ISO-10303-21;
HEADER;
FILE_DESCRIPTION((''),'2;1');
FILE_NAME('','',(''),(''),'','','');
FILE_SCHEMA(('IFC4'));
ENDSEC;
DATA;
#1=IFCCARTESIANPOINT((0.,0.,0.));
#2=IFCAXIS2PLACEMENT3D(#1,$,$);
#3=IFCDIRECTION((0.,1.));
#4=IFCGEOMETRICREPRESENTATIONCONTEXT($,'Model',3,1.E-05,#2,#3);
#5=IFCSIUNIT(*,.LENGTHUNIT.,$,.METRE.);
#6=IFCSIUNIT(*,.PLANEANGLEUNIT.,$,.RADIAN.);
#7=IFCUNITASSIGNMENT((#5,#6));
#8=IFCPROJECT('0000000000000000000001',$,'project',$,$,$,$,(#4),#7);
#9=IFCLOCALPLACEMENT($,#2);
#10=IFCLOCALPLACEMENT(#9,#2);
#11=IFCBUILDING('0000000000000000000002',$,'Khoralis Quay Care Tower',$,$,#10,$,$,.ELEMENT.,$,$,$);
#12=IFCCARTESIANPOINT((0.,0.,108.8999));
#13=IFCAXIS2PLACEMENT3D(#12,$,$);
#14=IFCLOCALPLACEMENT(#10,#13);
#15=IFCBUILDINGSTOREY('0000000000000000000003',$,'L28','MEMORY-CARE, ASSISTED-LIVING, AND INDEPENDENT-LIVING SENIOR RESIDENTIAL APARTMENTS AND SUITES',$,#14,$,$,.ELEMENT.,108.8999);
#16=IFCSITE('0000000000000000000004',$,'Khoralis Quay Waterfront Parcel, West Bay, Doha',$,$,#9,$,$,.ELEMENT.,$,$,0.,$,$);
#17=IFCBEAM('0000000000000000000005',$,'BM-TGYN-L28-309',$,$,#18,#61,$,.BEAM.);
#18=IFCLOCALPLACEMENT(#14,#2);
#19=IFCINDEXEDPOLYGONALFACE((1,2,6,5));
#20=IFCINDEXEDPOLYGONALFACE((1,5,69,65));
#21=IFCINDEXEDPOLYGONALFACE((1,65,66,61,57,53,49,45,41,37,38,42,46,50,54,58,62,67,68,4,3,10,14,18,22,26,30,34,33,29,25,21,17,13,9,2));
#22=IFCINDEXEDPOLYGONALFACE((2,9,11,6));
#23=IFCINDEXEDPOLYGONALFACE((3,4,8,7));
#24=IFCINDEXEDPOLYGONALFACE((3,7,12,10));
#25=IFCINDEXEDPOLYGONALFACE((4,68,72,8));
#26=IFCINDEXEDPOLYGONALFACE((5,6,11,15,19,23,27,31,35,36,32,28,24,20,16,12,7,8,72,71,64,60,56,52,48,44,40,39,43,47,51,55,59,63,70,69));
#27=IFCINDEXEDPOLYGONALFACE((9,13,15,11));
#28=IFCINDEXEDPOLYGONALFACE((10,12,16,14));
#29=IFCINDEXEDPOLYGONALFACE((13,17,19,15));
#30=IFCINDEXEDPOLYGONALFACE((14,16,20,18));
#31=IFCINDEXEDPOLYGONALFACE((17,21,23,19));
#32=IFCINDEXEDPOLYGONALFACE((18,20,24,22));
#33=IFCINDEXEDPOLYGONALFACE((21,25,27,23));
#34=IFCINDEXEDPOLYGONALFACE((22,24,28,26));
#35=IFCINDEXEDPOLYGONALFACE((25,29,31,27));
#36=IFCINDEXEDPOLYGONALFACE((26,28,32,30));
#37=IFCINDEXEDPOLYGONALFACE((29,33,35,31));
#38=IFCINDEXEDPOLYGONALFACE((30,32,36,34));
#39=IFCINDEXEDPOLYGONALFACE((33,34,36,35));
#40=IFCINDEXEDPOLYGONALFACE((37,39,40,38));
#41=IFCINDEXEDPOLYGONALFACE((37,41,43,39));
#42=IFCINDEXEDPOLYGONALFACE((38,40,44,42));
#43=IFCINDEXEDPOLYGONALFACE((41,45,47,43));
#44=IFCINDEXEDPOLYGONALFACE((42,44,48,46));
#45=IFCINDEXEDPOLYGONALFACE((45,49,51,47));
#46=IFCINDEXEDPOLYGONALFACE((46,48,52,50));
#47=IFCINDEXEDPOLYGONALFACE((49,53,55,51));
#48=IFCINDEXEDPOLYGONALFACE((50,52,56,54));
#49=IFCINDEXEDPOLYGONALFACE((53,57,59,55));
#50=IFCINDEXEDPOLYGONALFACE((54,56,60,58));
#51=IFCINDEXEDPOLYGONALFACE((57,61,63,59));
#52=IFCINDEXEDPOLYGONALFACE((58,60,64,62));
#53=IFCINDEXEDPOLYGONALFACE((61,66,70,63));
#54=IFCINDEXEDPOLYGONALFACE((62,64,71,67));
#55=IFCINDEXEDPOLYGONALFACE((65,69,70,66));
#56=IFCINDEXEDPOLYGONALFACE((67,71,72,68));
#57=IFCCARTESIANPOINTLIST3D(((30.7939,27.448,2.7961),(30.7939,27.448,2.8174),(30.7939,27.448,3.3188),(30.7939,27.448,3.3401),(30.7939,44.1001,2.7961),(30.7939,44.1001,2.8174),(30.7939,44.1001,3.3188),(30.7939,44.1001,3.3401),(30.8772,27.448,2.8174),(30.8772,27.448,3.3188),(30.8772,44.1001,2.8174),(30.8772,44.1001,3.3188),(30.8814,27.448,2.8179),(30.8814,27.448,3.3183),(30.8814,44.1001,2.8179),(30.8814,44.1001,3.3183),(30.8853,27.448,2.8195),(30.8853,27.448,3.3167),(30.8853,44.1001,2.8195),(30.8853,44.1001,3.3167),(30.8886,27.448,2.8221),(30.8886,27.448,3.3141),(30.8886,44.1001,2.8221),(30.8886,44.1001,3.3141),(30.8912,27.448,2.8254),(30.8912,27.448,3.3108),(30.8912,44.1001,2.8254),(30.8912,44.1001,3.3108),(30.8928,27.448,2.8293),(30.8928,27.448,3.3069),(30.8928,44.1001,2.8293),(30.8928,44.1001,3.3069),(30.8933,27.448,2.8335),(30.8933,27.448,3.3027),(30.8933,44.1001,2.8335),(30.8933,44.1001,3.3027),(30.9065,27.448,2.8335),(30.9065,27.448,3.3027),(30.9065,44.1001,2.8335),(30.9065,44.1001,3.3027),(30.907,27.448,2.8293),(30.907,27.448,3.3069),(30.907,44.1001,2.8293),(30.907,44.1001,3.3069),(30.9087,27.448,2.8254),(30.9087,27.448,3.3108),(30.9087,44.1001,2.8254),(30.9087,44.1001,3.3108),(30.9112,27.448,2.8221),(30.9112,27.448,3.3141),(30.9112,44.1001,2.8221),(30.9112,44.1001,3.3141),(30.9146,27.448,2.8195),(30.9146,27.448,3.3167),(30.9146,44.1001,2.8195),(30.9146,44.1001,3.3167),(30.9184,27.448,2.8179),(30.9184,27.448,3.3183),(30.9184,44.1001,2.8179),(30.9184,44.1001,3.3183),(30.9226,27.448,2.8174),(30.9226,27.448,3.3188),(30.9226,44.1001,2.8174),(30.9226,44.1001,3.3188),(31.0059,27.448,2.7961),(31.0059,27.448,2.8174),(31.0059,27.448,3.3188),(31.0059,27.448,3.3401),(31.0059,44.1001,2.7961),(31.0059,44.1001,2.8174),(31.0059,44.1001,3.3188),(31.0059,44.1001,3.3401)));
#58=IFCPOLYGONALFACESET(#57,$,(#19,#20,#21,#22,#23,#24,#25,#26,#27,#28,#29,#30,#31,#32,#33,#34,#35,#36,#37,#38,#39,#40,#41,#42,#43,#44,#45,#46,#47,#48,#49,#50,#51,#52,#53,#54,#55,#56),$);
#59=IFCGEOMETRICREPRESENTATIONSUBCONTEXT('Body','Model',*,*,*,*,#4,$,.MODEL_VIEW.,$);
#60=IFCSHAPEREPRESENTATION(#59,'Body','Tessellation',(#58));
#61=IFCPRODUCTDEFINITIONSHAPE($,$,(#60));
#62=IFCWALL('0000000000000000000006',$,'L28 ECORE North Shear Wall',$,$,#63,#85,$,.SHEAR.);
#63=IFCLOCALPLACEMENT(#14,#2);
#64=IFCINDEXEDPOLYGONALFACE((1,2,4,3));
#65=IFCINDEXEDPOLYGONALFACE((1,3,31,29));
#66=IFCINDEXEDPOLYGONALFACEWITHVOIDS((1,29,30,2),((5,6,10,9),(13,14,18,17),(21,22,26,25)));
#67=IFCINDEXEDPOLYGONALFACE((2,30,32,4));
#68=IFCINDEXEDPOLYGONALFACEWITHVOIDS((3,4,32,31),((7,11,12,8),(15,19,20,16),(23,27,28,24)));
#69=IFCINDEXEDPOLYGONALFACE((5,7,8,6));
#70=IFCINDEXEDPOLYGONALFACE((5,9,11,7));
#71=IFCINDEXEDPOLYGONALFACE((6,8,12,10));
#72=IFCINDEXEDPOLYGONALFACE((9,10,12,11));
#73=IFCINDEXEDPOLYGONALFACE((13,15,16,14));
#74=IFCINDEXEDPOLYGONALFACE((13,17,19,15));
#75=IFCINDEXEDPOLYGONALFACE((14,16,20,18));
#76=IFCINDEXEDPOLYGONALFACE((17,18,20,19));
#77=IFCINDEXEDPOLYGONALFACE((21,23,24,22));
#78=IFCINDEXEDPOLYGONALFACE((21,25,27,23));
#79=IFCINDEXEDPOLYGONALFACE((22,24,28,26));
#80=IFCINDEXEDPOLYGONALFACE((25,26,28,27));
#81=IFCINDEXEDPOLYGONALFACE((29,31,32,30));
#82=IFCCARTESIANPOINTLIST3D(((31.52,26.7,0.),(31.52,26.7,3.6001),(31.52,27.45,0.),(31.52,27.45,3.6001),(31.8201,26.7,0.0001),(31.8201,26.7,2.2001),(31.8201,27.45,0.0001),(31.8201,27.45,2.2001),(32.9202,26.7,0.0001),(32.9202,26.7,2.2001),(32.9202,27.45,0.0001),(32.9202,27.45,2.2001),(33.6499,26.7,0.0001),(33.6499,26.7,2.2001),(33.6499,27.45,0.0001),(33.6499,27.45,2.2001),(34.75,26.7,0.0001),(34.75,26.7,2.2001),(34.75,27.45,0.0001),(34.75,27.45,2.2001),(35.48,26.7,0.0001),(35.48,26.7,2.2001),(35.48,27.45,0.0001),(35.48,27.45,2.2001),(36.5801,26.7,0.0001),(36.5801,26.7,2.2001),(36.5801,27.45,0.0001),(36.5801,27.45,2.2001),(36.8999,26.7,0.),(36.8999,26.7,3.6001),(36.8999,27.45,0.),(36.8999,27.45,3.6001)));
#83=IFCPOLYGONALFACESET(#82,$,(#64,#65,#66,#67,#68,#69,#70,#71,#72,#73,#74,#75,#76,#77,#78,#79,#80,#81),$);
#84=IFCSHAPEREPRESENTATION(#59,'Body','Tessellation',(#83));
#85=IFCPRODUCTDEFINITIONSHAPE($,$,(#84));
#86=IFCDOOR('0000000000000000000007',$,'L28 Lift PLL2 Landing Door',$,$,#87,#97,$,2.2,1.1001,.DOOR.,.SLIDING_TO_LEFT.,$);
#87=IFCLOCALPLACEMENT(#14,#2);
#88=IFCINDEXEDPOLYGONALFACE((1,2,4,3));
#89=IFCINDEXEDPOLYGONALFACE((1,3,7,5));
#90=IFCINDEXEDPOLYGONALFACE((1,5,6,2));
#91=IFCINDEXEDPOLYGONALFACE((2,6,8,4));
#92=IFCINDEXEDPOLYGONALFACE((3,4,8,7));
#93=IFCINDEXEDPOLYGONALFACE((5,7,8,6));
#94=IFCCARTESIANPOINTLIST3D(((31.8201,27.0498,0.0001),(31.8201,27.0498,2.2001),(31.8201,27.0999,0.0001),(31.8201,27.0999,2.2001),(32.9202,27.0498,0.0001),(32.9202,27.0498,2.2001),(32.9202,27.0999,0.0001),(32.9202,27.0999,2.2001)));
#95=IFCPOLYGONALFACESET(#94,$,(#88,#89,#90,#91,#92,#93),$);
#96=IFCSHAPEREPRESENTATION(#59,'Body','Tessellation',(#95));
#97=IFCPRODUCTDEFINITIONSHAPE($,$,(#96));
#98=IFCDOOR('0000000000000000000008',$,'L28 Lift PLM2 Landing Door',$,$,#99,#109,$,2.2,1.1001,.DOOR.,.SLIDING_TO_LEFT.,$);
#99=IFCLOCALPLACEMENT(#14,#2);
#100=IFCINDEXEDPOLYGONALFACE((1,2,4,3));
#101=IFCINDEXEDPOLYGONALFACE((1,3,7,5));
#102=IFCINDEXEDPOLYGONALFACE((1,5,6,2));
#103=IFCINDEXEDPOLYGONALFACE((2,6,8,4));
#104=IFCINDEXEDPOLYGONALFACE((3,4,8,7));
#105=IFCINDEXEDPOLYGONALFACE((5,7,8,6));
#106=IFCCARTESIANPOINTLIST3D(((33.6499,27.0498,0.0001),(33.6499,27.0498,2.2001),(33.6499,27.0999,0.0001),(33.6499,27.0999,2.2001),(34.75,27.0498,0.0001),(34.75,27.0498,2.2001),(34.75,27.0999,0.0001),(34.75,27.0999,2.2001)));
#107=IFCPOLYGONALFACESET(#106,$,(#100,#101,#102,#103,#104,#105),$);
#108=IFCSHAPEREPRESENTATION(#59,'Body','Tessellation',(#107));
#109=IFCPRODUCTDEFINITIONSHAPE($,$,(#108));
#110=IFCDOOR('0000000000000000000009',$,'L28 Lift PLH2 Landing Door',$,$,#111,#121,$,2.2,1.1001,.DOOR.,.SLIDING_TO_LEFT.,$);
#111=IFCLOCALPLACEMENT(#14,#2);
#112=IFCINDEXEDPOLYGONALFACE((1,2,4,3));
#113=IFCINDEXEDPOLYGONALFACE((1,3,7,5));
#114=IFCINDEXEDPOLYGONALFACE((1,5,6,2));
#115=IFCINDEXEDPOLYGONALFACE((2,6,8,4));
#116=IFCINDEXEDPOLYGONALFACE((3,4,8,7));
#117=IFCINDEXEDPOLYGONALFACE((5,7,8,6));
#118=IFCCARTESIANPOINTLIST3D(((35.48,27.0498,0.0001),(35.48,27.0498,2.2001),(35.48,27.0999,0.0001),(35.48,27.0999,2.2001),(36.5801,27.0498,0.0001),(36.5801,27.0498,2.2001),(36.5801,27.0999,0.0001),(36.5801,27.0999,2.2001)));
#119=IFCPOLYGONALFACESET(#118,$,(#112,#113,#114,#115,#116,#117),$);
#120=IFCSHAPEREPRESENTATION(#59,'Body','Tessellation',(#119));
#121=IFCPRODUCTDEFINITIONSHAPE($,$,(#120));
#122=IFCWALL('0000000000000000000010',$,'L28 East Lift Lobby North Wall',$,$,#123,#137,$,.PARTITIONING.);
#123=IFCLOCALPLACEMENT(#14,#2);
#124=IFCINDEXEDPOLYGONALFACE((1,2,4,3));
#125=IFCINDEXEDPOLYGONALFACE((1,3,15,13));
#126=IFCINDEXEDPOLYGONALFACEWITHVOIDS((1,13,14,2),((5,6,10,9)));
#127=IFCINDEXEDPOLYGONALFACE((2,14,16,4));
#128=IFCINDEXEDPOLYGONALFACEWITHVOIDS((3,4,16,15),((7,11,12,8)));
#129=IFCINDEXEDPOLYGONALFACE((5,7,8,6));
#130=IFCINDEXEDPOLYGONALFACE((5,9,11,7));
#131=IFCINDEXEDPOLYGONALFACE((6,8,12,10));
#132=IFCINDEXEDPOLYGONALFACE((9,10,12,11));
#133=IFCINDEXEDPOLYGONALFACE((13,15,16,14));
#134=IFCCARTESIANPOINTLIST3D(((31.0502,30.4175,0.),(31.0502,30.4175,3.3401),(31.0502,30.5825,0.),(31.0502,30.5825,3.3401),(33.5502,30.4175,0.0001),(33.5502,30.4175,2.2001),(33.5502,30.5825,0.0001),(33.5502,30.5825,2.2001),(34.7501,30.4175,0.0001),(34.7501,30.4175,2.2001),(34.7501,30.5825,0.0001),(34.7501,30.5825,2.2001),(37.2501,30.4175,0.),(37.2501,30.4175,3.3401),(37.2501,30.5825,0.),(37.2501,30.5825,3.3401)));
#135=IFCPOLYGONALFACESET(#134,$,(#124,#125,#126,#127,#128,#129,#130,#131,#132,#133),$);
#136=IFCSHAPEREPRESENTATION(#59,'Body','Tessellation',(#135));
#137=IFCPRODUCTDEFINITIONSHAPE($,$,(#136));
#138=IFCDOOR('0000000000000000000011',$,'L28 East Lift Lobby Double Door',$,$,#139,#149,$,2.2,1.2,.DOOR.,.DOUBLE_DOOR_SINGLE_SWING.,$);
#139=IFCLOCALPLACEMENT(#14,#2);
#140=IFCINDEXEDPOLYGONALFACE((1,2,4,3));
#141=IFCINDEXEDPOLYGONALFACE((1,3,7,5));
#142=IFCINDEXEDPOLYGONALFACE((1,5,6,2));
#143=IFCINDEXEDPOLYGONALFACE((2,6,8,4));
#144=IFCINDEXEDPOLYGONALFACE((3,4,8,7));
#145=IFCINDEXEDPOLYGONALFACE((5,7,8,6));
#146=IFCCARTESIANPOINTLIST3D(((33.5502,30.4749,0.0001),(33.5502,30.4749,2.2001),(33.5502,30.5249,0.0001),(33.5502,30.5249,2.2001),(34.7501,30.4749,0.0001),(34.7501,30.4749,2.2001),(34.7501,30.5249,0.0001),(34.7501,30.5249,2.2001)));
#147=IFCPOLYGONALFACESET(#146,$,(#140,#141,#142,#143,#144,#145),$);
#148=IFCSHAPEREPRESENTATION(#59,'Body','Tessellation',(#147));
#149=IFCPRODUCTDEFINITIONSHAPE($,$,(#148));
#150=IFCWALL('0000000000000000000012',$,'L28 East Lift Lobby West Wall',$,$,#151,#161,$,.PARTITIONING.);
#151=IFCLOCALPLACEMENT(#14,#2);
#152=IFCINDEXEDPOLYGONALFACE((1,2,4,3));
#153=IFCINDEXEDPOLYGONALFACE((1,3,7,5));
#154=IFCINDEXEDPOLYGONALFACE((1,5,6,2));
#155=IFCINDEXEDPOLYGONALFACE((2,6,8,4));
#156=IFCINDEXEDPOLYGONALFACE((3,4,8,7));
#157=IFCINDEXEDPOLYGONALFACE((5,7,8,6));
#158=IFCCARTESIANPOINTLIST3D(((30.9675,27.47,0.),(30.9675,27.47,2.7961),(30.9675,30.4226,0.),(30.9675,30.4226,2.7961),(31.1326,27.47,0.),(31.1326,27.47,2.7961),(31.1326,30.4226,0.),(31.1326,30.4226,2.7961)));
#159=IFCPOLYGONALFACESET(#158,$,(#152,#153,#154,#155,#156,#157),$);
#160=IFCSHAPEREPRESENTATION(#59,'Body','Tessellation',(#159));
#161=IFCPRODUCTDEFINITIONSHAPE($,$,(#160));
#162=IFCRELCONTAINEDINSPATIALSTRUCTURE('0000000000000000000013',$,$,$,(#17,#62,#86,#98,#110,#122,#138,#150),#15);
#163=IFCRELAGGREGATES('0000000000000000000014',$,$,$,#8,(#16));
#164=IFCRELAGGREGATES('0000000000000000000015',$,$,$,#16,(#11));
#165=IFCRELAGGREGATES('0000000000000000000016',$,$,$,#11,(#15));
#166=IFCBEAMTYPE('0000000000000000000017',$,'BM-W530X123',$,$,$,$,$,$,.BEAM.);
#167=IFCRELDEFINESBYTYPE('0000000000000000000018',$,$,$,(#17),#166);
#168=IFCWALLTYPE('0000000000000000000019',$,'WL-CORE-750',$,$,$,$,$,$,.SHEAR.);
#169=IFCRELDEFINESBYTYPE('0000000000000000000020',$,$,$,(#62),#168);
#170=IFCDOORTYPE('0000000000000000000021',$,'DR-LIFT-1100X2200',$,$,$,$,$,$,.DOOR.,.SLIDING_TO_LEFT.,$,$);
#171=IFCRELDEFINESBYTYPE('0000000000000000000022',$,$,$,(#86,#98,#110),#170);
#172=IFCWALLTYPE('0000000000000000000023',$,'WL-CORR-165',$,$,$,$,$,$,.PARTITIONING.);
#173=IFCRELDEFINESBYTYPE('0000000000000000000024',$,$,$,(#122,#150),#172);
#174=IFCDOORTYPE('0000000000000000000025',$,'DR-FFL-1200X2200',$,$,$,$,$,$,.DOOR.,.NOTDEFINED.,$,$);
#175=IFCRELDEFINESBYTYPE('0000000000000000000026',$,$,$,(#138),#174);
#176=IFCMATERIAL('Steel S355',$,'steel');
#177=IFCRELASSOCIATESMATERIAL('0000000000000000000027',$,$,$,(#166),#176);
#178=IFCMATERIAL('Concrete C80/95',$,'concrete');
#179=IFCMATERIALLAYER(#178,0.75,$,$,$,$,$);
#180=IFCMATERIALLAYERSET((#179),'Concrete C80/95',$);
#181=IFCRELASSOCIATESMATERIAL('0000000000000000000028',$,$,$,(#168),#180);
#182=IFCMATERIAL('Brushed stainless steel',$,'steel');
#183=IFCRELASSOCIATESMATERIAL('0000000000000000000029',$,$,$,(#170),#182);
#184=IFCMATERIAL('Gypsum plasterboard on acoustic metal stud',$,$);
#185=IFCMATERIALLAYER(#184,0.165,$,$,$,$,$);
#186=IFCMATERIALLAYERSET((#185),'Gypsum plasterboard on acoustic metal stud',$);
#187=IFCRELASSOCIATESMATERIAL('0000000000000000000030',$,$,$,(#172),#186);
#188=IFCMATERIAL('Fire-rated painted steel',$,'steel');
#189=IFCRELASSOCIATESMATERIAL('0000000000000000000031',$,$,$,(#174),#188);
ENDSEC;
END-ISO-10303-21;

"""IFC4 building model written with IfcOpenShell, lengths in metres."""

from ifc_helpers import new_model, si_unit, direction, frame, frame_2d, origin, origin_2d, place, context, subcontext, project, spatial, rectangle, i_section, extrude, source, transform, mapped, material, layer, layer_set, material_profile, profile_set, type_object, element, fill, save


model = new_model("IFC4")

# Units and contexts
model_context = context("Model", 3, precision=1e-05, world=origin(), true_north=direction((0.0, 1.0)))
body_context = subcontext(model_context, "Body", "Model", "MODEL_VIEW")
ifc_project = project(units=[si_unit("LENGTHUNIT", "METRE"), si_unit("PLANEANGLEUNIT", "RADIAN")], contexts=[model_context])

# Site, building, storey
site_placement = place(None, origin())
site = spatial("IfcSite", under=ifc_project, at=site_placement, Name="Khoralis Quay Waterfront Parcel, West Bay, Doha", CompositionType="ELEMENT", RefElevation=0.0)
building_placement = place(site_placement, origin())
building = spatial("IfcBuilding", under=site, at=building_placement, Name="Khoralis Quay Care Tower", CompositionType="ELEMENT")
storey_placement = place(building_placement, frame((0.0, 0.0, 108.8999)))
storey = spatial("IfcBuildingStorey", under=building, at=storey_placement, Name="L28", Description="MEMORY-CARE, ASSISTED-LIVING, AND INDEPENDENT-LIVING SENIOR RESIDENTIAL APARTMENTS AND SUITES", CompositionType="ELEMENT", Elevation=108.8999)

# Beam
ifc_material_1 = material(Name="Steel S355", Category="steel")
ifc_material_profile_1 = material_profile(ifc_material_1, i_section(OverallWidth=0.2119, OverallDepth=0.5439, WebThickness=0.0132, FlangeThickness=0.0212, FilletRadius=0.0161, at=origin_2d()), Name="Steel S355")
ifc_profile_set_1 = profile_set([ifc_material_profile_1], Name="Steel S355")
beam_type_1 = type_object("IfcBeamType", Name="BM-W530X123", PredefinedType="BEAM", material=ifc_profile_set_1)
shared_shape_1 = source(origin(), body_context, "Body", "SweptSolid", [
    extrude(i_section(OverallWidth=0.2119, OverallDepth=0.5439, WebThickness=0.0132, FlangeThickness=0.0212, FilletRadius=0.0161, at=origin_2d()), origin(), (0.0, 0.0, 1.0), 16.6521),
])
beam_1_placement = place(storey_placement, frame((30.8999, 27.448, 3.0681), z_axis=(0.0, 1.0, 0.0), x_axis=(-1.0, 0.0, 0.0)))
element("IfcBeam", 1, at=beam_1_placement, inside=storey, type_object=beam_type_1, Name="BM-TGYN-L28-309", PredefinedType="BEAM", context=body_context, shape_type="MappedRepresentation", body=[
    mapped(shared_shape_1, transform((0.0, 0.0, 0.0), scale=1.0)),
])

# Wall, openings, doors
ifc_material_2 = material(Name="Concrete C80/95", Category="concrete")
ifc_layer_1 = layer(ifc_material_2, 0.75)
ifc_layer_set_1 = layer_set([ifc_layer_1], Name="Concrete C80/95")
wall_type_1 = type_object("IfcWallType", Name="WL-CORE-750", PredefinedType="SHEAR", material=ifc_layer_set_1)
wall_1_placement = place(storey_placement, frame((31.52, 27.075, 0.0), z_axis=(0.0, 0.0, 1.0), x_axis=(1.0, 0.0, 0.0)))
wall_1 = element("IfcWall", 2, at=wall_1_placement, inside=storey, type_object=wall_type_1, Name="L28 ECORE North Shear Wall", PredefinedType="SHEAR", context=body_context, shape_type="SweptSolid", body=[
    extrude(rectangle(XDim=5.3799, YDim=0.75, at=frame_2d((2.6899, 0.0))), origin(), (0.0, 0.0, 1.0), 3.6001),
])
opening_1_placement = place(wall_1_placement, frame((0.3, 0.0, 0.0)))
opening_1 = element("IfcOpeningElement", 3, at=opening_1_placement, cuts=wall_1, PredefinedType="OPENING", context=body_context, shape_type="SweptSolid", body=[
    extrude(rectangle(XDim=1.1001, YDim=2.2, at=frame_2d((0.55, 1.1001))), frame((0.0, 0.385, 0.0), z_axis=(0.0, -1.0, 0.0), x_axis=(1.0, 0.0, 0.0)), (0.0, 0.0, 1.0), 0.77),
])
opening_2_placement = place(wall_1_placement, frame((2.1299, 0.0, 0.0)))
opening_2 = element("IfcOpeningElement", 4, at=opening_2_placement, cuts=wall_1, PredefinedType="OPENING", context=body_context, shape_type="SweptSolid", body=[
    extrude(rectangle(XDim=1.1001, YDim=2.2, at=frame_2d((0.55, 1.1001))), frame((0.0, 0.385, 0.0), z_axis=(0.0, -1.0, 0.0), x_axis=(1.0, 0.0, 0.0)), (0.0, 0.0, 1.0), 0.77),
])
opening_3_placement = place(wall_1_placement, frame((3.96, 0.0, 0.0)))
opening_3 = element("IfcOpeningElement", 5, at=opening_3_placement, cuts=wall_1, PredefinedType="OPENING", context=body_context, shape_type="SweptSolid", body=[
    extrude(rectangle(XDim=1.1001, YDim=2.2, at=frame_2d((0.55, 1.1001))), frame((0.0, 0.385, 0.0), z_axis=(0.0, -1.0, 0.0), x_axis=(1.0, 0.0, 0.0)), (0.0, 0.0, 1.0), 0.77),
])
ifc_material_3 = material(Name="Brushed stainless steel", Category="steel")
door_type_1 = type_object("IfcDoorType", Name="DR-LIFT-1100X2200", OperationType="SLIDING_TO_LEFT", PredefinedType="DOOR", material=ifc_material_3)
shared_shape_2 = source(origin(), body_context, "Body", "SweptSolid", [
    extrude(rectangle(XDim=1.1001, YDim=2.2, at=frame_2d((0.55, 1.1001))), frame((0.0, 0.0249, 0.0), z_axis=(0.0, -1.0, 0.0), x_axis=(1.0, 0.0, 0.0)), (0.0, 0.0, 1.0), 0.05),
])
door_1_placement = place(opening_1_placement, origin())
door_1 = element("IfcDoor", 6, at=door_1_placement, inside=storey, type_object=door_type_1, Name="L28 Lift PLL2 Landing Door", OperationType="SLIDING_TO_LEFT", OverallHeight=2.2, OverallWidth=1.1001, PredefinedType="DOOR", context=body_context, shape_type="MappedRepresentation", body=[
    mapped(shared_shape_2, transform((0.0, 0.0, 0.0), scale=1.0)),
])
fill(opening_1, door_1)
door_2_placement = place(opening_2_placement, origin())
door_2 = element("IfcDoor", 7, at=door_2_placement, inside=storey, type_object=door_type_1, Name="L28 Lift PLM2 Landing Door", OperationType="SLIDING_TO_LEFT", OverallHeight=2.2, OverallWidth=1.1001, PredefinedType="DOOR", context=body_context, shape_type="MappedRepresentation", body=[
    mapped(shared_shape_2, transform((0.0, 0.0, 0.0), scale=1.0)),
])
fill(opening_2, door_2)
door_3_placement = place(opening_3_placement, origin())
door_3 = element("IfcDoor", 8, at=door_3_placement, inside=storey, type_object=door_type_1, Name="L28 Lift PLH2 Landing Door", OperationType="SLIDING_TO_LEFT", OverallHeight=2.2, OverallWidth=1.1001, PredefinedType="DOOR", context=body_context, shape_type="MappedRepresentation", body=[
    mapped(shared_shape_2, transform((0.0, 0.0, 0.0), scale=1.0)),
])
fill(opening_3, door_3)

# Wall, opening, door
ifc_material_4 = material(Name="Gypsum plasterboard on acoustic metal stud")
ifc_layer_2 = layer(ifc_material_4, 0.165)
ifc_layer_set_2 = layer_set([ifc_layer_2], Name="Gypsum plasterboard on acoustic metal stud")
wall_type_2 = type_object("IfcWallType", Name="WL-CORR-165", PredefinedType="PARTITIONING", material=ifc_layer_set_2)
wall_2_placement = place(storey_placement, frame((31.05, 30.5, 0.0), z_axis=(0.0, 0.0, 1.0), x_axis=(1.0, 0.0, 0.0)))
wall_2 = element("IfcWall", 9, at=wall_2_placement, inside=storey, type_object=wall_type_2, Name="L28 East Lift Lobby North Wall", PredefinedType="PARTITIONING", context=body_context, shape_type="SweptSolid", body=[
    extrude(rectangle(XDim=6.2, YDim=0.165, at=frame_2d((3.1001, 0.0))), origin(), (0.0, 0.0, 1.0), 3.3401),
])
opening_4_placement = place(wall_2_placement, frame((2.5, 0.0, 0.0)))
opening_4 = element("IfcOpeningElement", 10, at=opening_4_placement, cuts=wall_2, PredefinedType="OPENING", context=body_context, shape_type="SweptSolid", body=[
    extrude(rectangle(XDim=1.2, YDim=2.2, at=frame_2d((0.6001, 1.1001))), frame((0.0, 0.0925, 0.0), z_axis=(0.0, -1.0, 0.0), x_axis=(1.0, 0.0, 0.0)), (0.0, 0.0, 1.0), 0.1851),
])
ifc_material_5 = material(Name="Fire-rated painted steel", Category="steel")
door_type_2 = type_object("IfcDoorType", Name="DR-FFL-1200X2200", OperationType="NOTDEFINED", PredefinedType="DOOR", material=ifc_material_5)
shared_shape_3 = source(origin(), body_context, "Body", "SweptSolid", [
    extrude(rectangle(XDim=1.2, YDim=2.2, at=frame_2d((0.6001, 1.1001))), frame((0.0, 0.0249, 0.0), z_axis=(0.0, -1.0, 0.0), x_axis=(1.0, 0.0, 0.0)), (0.0, 0.0, 1.0), 0.05),
])
door_4_placement = place(opening_4_placement, origin())
door_4 = element("IfcDoor", 11, at=door_4_placement, inside=storey, type_object=door_type_2, Name="L28 East Lift Lobby Double Door", OperationType="DOUBLE_DOOR_SINGLE_SWING", OverallHeight=2.2, OverallWidth=1.2, PredefinedType="DOOR", context=body_context, shape_type="MappedRepresentation", body=[
    mapped(shared_shape_3, transform((0.0, 0.0, 0.0), scale=1.0)),
])
fill(opening_4, door_4)

# Wall
wall_3_placement = place(storey_placement, frame((31.05, 27.47, 0.0), z_axis=(0.0, 0.0, 1.0), x_axis=(0.0, 1.0, 0.0)))
element("IfcWall", 12, at=wall_3_placement, inside=storey, type_object=wall_type_2, Name="L28 East Lift Lobby West Wall", PredefinedType="PARTITIONING", context=body_context, shape_type="SweptSolid", body=[
    extrude(rectangle(XDim=2.9526, YDim=0.165, at=frame_2d((1.4763, 0.0))), origin(), (0.0, 0.0, 1.0), 2.7961),
])

save(model, "model.ifc")
